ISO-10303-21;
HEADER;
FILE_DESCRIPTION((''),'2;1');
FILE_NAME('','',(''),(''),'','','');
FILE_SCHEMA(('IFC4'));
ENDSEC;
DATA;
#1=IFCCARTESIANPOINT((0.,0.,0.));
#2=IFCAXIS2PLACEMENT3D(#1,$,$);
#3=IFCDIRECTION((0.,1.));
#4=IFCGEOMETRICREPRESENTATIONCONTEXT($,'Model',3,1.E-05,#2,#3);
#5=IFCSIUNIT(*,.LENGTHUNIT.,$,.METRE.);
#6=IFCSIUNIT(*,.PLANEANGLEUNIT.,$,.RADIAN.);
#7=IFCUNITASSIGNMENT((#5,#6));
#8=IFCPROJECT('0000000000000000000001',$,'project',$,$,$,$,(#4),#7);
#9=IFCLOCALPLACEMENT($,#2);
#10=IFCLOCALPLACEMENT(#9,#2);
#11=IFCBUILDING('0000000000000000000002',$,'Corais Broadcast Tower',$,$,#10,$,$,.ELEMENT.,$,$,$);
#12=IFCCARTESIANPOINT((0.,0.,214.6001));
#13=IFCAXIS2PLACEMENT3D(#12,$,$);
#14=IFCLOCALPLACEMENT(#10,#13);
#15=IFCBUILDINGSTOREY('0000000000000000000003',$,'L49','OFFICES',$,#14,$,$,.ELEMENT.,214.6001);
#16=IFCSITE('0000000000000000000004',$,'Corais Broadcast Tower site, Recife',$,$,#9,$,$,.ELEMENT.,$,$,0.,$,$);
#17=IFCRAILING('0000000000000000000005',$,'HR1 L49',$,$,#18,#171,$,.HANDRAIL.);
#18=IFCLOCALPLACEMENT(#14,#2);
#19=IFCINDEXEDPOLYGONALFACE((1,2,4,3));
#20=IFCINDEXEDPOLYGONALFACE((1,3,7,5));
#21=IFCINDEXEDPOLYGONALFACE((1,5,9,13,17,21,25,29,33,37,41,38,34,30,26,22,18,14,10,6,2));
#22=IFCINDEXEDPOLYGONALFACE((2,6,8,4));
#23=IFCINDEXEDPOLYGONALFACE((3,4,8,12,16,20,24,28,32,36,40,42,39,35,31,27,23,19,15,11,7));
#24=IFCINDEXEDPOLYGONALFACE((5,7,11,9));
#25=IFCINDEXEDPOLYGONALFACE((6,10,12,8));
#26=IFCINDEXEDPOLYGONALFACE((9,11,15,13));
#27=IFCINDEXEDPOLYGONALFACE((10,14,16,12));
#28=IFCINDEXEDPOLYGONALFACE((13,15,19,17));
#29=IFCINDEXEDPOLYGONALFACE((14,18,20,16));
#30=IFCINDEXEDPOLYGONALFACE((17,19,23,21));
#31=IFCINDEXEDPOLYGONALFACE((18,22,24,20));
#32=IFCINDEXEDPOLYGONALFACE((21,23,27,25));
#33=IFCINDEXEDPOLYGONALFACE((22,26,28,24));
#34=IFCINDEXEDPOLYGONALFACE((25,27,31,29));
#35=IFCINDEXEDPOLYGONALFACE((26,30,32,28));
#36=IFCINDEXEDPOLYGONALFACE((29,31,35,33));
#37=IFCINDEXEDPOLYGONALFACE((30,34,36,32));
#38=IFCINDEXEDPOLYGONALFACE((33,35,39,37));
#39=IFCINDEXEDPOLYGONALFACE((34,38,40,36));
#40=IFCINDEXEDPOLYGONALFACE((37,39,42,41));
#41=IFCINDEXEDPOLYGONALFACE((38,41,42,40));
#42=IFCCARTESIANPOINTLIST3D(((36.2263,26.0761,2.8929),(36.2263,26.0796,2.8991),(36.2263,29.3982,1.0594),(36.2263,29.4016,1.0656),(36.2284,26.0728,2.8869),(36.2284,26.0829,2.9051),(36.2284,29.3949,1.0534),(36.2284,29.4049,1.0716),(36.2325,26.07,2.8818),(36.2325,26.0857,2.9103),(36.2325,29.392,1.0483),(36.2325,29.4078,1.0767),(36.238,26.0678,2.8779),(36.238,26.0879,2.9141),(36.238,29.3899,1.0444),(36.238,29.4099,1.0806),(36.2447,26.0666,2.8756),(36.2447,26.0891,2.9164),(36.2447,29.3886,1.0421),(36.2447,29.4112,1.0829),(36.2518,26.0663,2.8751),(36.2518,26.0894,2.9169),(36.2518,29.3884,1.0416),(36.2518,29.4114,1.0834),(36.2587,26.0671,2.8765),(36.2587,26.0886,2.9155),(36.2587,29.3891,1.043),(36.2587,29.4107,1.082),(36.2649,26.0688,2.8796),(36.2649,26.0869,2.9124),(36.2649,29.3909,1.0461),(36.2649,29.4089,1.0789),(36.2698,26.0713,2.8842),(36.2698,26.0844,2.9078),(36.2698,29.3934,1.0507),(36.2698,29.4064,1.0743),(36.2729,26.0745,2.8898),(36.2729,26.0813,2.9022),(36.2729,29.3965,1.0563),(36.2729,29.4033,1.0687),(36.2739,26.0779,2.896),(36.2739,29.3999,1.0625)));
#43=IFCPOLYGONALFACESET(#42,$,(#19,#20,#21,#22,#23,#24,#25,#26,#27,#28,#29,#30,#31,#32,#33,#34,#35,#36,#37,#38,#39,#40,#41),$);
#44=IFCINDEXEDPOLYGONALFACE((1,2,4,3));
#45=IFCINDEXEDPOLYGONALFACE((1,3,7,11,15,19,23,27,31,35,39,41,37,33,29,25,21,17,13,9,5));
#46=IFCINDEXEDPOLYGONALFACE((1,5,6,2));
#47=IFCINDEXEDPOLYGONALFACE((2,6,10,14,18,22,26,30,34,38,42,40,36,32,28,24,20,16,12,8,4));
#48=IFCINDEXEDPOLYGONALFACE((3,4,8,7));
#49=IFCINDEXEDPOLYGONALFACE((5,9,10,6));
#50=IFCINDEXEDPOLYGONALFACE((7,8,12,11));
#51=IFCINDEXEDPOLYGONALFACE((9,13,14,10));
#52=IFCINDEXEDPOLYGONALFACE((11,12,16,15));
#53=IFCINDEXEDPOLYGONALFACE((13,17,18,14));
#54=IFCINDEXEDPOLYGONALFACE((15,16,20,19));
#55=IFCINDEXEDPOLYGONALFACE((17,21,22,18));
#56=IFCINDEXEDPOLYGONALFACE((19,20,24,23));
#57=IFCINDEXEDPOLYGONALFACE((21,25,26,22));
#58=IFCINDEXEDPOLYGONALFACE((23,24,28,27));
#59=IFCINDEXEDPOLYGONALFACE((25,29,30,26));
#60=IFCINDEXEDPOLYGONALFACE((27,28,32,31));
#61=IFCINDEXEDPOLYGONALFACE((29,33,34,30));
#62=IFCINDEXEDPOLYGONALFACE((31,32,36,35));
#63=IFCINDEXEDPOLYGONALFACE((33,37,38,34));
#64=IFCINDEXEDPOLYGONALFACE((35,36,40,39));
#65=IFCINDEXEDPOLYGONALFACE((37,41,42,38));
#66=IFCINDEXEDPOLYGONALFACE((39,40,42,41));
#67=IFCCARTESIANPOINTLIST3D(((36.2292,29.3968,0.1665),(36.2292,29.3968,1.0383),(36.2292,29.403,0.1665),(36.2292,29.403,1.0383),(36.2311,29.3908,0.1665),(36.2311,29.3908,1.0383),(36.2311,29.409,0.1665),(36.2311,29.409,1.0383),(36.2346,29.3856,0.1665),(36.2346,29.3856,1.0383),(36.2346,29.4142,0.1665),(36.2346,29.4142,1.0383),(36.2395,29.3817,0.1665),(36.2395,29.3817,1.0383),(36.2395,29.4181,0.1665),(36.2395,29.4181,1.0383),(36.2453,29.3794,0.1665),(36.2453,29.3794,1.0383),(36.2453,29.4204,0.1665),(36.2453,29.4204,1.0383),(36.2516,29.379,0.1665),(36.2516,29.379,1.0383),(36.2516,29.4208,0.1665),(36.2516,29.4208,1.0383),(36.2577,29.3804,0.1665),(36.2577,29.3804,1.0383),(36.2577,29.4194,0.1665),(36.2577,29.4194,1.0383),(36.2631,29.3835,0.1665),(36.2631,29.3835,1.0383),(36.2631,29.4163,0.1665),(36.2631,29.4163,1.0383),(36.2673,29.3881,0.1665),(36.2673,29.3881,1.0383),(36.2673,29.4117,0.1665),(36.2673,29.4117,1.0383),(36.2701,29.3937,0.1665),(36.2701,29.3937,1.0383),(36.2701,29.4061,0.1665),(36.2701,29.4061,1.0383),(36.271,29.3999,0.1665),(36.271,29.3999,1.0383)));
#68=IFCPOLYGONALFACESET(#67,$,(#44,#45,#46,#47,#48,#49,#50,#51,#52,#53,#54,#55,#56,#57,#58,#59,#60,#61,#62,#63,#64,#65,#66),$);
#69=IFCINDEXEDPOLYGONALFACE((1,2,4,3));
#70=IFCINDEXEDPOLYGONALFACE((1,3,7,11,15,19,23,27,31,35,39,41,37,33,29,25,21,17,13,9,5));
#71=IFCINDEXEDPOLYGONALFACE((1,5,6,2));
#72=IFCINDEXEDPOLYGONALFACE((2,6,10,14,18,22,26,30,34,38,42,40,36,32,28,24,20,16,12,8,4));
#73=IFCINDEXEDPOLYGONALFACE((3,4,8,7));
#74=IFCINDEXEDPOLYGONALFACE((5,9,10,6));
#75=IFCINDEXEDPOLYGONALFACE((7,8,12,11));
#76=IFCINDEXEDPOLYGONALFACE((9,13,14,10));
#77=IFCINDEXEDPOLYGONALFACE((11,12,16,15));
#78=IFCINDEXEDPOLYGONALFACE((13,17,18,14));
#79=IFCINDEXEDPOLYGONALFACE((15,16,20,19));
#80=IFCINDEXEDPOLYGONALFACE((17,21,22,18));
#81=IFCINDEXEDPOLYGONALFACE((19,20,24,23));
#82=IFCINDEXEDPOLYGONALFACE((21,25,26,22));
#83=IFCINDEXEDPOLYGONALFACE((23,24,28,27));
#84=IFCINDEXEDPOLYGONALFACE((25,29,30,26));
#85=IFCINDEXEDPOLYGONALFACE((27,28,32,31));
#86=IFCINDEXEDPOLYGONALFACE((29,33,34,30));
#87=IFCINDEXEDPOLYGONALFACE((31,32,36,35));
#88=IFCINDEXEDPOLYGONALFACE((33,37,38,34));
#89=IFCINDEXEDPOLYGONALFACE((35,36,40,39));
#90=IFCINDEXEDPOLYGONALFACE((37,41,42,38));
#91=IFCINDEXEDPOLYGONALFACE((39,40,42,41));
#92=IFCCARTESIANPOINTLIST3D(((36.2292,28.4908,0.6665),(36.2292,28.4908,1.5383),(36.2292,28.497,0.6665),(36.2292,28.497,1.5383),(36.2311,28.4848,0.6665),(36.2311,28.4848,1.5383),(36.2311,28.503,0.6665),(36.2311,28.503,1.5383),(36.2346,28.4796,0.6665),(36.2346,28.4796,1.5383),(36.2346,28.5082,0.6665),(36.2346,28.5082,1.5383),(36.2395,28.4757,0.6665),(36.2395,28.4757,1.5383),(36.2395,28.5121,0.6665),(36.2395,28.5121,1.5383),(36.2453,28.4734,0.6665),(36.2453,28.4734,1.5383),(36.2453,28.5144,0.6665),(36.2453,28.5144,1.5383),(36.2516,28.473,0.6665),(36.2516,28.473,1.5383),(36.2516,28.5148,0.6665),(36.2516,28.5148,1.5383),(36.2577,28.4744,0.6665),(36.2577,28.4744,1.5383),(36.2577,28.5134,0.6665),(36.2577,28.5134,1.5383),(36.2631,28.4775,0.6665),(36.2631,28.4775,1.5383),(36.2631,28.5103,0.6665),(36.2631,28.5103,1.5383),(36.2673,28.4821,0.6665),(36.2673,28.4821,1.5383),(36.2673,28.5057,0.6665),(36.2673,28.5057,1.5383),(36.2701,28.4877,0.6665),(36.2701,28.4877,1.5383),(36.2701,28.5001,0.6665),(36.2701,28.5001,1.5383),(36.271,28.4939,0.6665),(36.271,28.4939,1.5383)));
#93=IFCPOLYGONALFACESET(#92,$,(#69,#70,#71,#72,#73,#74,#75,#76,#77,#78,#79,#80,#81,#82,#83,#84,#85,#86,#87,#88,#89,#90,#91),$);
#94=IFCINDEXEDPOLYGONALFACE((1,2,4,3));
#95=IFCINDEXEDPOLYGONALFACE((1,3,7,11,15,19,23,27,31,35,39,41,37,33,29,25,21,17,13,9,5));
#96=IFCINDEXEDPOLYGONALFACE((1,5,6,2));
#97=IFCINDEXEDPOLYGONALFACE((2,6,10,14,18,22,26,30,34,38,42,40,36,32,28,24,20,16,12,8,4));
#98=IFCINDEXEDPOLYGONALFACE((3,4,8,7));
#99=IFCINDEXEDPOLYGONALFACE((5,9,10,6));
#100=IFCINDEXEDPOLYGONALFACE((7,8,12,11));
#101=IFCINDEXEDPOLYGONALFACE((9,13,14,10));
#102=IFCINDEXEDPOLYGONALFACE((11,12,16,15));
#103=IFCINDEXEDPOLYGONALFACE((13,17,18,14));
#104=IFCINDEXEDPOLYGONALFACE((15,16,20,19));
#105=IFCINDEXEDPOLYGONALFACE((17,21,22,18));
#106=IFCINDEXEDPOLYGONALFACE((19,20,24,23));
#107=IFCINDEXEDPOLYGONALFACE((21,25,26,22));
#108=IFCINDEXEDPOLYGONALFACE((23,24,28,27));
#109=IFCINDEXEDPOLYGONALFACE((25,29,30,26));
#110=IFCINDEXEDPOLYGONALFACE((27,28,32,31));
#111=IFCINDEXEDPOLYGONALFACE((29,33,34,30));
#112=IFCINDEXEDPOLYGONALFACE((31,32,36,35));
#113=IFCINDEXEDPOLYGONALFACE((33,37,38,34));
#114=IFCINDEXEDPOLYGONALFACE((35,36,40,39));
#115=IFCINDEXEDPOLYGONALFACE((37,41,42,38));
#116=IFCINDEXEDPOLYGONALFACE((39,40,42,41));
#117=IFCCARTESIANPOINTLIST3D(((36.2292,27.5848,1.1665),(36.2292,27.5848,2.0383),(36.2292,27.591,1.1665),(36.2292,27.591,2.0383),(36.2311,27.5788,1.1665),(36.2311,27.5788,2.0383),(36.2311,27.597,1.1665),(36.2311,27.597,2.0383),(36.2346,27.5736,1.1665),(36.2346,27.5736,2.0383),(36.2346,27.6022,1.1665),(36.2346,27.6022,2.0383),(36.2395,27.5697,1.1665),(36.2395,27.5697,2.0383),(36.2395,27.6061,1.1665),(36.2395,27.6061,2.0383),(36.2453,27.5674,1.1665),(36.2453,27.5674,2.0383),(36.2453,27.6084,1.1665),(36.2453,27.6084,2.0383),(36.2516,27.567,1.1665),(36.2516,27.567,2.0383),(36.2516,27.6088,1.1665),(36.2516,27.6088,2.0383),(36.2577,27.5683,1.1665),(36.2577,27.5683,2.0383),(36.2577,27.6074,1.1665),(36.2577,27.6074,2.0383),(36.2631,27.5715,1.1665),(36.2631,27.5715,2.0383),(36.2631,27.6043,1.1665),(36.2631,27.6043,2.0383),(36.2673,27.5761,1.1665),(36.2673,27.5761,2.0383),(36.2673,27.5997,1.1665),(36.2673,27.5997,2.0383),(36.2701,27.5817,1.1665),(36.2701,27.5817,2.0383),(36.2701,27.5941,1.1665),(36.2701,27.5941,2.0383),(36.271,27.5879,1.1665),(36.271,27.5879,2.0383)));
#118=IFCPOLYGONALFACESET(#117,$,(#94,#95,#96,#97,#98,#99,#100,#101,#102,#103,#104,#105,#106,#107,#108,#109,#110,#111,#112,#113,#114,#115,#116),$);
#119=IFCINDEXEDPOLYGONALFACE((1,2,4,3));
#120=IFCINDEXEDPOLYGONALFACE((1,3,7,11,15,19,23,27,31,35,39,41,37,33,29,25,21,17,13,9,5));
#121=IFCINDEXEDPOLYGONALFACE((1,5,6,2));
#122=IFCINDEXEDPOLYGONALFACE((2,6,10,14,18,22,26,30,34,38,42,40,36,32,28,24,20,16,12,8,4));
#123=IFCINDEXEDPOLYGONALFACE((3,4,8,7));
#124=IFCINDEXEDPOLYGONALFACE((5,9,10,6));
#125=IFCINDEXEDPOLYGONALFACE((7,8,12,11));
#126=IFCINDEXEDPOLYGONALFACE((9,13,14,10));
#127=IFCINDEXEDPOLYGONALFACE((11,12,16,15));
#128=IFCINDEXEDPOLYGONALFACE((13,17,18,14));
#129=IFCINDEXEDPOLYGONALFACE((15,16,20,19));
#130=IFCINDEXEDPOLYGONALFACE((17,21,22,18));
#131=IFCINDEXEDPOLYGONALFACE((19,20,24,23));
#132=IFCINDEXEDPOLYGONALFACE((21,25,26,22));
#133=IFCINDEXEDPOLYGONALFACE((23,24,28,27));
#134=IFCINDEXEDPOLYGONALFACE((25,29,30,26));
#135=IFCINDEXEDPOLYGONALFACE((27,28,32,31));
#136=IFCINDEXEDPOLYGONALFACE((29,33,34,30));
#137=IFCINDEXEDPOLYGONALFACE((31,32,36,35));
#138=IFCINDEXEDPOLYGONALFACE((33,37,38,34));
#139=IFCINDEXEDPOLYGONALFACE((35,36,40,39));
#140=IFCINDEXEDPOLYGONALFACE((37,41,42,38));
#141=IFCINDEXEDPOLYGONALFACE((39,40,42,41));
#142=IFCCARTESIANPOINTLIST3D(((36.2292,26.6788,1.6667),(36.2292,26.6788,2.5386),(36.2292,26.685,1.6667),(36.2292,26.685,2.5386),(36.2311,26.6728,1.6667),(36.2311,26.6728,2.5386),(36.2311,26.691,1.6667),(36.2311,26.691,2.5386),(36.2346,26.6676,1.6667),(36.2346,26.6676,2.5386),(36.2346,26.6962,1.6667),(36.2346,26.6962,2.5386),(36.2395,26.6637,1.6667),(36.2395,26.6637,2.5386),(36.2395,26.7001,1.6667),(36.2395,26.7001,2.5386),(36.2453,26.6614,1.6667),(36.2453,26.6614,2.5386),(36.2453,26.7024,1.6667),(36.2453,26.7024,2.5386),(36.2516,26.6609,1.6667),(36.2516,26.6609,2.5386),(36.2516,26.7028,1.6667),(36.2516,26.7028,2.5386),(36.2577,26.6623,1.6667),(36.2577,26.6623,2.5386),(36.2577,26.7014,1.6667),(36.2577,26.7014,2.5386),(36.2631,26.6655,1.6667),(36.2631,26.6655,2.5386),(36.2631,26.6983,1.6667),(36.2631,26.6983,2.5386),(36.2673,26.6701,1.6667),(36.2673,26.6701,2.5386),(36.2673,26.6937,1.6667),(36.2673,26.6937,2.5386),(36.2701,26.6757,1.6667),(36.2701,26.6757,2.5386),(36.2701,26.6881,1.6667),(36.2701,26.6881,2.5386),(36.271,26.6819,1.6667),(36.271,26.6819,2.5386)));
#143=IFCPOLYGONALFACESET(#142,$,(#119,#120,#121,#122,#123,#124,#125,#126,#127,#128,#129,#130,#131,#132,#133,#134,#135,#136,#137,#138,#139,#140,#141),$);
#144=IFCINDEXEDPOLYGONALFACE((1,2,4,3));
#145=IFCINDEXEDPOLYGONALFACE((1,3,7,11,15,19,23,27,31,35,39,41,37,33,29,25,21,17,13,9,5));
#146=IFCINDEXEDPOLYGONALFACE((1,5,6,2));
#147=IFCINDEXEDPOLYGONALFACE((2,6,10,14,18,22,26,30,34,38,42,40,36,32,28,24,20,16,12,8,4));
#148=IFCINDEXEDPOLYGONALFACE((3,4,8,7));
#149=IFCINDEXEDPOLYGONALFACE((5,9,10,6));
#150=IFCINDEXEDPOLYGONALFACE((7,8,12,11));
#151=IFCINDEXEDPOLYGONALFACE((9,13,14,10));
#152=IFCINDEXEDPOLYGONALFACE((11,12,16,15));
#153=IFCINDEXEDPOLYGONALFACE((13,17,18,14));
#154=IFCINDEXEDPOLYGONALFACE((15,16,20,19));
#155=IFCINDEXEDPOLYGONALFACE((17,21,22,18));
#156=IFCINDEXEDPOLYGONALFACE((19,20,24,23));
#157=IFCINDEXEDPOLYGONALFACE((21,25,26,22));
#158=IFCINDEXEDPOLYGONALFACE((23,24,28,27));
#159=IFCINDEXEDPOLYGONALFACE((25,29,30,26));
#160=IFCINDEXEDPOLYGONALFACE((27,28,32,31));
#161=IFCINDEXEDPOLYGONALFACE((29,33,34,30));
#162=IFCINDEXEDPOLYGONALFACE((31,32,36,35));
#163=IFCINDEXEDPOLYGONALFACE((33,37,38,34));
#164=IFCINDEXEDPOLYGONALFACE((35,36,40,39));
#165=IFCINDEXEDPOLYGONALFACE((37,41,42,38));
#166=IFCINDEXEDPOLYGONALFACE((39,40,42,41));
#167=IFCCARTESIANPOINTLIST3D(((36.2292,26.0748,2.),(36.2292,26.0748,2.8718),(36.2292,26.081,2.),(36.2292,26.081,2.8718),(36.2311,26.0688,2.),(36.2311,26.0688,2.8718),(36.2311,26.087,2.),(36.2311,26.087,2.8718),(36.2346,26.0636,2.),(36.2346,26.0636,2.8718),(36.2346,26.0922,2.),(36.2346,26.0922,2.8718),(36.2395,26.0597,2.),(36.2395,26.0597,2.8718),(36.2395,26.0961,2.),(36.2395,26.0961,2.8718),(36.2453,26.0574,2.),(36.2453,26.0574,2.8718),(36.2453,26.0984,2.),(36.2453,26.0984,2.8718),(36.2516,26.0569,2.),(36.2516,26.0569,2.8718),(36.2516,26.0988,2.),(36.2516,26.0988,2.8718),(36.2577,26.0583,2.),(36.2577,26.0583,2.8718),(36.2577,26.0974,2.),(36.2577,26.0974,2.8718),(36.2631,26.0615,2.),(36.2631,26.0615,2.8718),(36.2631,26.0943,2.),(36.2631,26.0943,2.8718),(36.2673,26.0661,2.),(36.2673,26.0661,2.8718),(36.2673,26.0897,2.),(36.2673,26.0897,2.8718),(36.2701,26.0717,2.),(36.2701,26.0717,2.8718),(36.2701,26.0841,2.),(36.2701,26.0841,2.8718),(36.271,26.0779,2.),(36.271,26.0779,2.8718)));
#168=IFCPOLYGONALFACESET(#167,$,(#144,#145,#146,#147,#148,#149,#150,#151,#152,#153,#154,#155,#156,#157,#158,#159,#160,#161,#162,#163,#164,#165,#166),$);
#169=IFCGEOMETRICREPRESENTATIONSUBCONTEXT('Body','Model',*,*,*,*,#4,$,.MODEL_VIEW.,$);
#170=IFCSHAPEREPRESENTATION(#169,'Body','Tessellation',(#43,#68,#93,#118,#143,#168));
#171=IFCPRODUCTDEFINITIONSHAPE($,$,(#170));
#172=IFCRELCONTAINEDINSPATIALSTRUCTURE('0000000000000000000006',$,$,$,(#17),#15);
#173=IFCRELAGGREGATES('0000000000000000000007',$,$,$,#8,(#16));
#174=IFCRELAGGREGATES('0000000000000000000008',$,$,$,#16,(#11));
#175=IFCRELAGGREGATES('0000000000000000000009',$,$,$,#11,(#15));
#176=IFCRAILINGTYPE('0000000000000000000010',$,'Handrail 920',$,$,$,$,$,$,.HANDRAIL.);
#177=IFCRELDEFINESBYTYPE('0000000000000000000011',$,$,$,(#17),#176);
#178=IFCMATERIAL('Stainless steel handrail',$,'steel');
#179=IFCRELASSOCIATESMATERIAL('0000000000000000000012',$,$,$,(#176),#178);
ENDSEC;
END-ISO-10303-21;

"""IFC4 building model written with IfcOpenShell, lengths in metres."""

from ifc_helpers import new_model, si_unit, direction, frame, origin, origin_2d, place, context, subcontext, project, spatial, circle, extrude, material, type_object, element, save


model = new_model("IFC4")

# Units and contexts
model_context = context("Model", 3, precision=1e-05, world=origin(), true_north=direction((0.0, 1.0)))
body_context = subcontext(model_context, "Body", "Model", "MODEL_VIEW")
ifc_project = project(units=[si_unit("LENGTHUNIT", "METRE"), si_unit("PLANEANGLEUNIT", "RADIAN")], contexts=[model_context])

# Site, building, storey
site_placement = place(None, origin())
site = spatial("IfcSite", under=ifc_project, at=site_placement, Name="Corais Broadcast Tower site, Recife", CompositionType="ELEMENT", RefElevation=0.0)
building_placement = place(site_placement, origin())
building = spatial("IfcBuilding", under=site, at=building_placement, Name="Corais Broadcast Tower", CompositionType="ELEMENT")
storey_placement = place(building_placement, frame((0.0, 0.0, 214.6001)))
storey = spatial("IfcBuildingStorey", under=building, at=storey_placement, Name="L49", Description="OFFICES", CompositionType="ELEMENT", Elevation=214.6001)

# Railing
ifc_material_1 = material(Name="Stainless steel handrail", Category="steel")
railing_type = type_object("IfcRailingType", Name="Handrail 920", PredefinedType="HANDRAIL", material=ifc_material_1)
for number, where, name in (
    (1, (36.25, 29.3999, 0.1665), "HR1 L49"),
):
    element("IfcRailing", number, at=place(storey_placement, frame(where)), inside=storey, type_object=railing_type, Name=name, PredefinedType="HANDRAIL", context=body_context, shape_type="SweptSolid", body=[
        extrude(circle(Radius=0.0239, at=origin_2d()), frame((0.0, 0.0, 0.896), z_axis=(0.0, -0.875504, 0.48321), x_axis=(1.0, 0.0, 0.0)), (0.0, 0.0, 1.0), 3.7944),
        extrude(circle(Radius=0.021, at=origin_2d()), origin(), (0.0, 0.0, 1.0), 0.8718),
        extrude(circle(Radius=0.021, at=origin_2d()), frame((0.0, -0.906, 0.5)), (0.0, 0.0, 1.0), 0.8718),
        extrude(circle(Radius=0.021, at=origin_2d()), frame((0.0, -1.812, 1.0)), (0.0, 0.0, 1.0), 0.8718),
        extrude(circle(Radius=0.021, at=origin_2d()), frame((0.0, -2.718, 1.5002)), (0.0, 0.0, 1.0), 0.8718),
        extrude(circle(Radius=0.021, at=origin_2d()), frame((0.0, -3.322, 1.8335)), (0.0, 0.0, 1.0), 0.8718),
    ])

save(model, "model.ifc")
